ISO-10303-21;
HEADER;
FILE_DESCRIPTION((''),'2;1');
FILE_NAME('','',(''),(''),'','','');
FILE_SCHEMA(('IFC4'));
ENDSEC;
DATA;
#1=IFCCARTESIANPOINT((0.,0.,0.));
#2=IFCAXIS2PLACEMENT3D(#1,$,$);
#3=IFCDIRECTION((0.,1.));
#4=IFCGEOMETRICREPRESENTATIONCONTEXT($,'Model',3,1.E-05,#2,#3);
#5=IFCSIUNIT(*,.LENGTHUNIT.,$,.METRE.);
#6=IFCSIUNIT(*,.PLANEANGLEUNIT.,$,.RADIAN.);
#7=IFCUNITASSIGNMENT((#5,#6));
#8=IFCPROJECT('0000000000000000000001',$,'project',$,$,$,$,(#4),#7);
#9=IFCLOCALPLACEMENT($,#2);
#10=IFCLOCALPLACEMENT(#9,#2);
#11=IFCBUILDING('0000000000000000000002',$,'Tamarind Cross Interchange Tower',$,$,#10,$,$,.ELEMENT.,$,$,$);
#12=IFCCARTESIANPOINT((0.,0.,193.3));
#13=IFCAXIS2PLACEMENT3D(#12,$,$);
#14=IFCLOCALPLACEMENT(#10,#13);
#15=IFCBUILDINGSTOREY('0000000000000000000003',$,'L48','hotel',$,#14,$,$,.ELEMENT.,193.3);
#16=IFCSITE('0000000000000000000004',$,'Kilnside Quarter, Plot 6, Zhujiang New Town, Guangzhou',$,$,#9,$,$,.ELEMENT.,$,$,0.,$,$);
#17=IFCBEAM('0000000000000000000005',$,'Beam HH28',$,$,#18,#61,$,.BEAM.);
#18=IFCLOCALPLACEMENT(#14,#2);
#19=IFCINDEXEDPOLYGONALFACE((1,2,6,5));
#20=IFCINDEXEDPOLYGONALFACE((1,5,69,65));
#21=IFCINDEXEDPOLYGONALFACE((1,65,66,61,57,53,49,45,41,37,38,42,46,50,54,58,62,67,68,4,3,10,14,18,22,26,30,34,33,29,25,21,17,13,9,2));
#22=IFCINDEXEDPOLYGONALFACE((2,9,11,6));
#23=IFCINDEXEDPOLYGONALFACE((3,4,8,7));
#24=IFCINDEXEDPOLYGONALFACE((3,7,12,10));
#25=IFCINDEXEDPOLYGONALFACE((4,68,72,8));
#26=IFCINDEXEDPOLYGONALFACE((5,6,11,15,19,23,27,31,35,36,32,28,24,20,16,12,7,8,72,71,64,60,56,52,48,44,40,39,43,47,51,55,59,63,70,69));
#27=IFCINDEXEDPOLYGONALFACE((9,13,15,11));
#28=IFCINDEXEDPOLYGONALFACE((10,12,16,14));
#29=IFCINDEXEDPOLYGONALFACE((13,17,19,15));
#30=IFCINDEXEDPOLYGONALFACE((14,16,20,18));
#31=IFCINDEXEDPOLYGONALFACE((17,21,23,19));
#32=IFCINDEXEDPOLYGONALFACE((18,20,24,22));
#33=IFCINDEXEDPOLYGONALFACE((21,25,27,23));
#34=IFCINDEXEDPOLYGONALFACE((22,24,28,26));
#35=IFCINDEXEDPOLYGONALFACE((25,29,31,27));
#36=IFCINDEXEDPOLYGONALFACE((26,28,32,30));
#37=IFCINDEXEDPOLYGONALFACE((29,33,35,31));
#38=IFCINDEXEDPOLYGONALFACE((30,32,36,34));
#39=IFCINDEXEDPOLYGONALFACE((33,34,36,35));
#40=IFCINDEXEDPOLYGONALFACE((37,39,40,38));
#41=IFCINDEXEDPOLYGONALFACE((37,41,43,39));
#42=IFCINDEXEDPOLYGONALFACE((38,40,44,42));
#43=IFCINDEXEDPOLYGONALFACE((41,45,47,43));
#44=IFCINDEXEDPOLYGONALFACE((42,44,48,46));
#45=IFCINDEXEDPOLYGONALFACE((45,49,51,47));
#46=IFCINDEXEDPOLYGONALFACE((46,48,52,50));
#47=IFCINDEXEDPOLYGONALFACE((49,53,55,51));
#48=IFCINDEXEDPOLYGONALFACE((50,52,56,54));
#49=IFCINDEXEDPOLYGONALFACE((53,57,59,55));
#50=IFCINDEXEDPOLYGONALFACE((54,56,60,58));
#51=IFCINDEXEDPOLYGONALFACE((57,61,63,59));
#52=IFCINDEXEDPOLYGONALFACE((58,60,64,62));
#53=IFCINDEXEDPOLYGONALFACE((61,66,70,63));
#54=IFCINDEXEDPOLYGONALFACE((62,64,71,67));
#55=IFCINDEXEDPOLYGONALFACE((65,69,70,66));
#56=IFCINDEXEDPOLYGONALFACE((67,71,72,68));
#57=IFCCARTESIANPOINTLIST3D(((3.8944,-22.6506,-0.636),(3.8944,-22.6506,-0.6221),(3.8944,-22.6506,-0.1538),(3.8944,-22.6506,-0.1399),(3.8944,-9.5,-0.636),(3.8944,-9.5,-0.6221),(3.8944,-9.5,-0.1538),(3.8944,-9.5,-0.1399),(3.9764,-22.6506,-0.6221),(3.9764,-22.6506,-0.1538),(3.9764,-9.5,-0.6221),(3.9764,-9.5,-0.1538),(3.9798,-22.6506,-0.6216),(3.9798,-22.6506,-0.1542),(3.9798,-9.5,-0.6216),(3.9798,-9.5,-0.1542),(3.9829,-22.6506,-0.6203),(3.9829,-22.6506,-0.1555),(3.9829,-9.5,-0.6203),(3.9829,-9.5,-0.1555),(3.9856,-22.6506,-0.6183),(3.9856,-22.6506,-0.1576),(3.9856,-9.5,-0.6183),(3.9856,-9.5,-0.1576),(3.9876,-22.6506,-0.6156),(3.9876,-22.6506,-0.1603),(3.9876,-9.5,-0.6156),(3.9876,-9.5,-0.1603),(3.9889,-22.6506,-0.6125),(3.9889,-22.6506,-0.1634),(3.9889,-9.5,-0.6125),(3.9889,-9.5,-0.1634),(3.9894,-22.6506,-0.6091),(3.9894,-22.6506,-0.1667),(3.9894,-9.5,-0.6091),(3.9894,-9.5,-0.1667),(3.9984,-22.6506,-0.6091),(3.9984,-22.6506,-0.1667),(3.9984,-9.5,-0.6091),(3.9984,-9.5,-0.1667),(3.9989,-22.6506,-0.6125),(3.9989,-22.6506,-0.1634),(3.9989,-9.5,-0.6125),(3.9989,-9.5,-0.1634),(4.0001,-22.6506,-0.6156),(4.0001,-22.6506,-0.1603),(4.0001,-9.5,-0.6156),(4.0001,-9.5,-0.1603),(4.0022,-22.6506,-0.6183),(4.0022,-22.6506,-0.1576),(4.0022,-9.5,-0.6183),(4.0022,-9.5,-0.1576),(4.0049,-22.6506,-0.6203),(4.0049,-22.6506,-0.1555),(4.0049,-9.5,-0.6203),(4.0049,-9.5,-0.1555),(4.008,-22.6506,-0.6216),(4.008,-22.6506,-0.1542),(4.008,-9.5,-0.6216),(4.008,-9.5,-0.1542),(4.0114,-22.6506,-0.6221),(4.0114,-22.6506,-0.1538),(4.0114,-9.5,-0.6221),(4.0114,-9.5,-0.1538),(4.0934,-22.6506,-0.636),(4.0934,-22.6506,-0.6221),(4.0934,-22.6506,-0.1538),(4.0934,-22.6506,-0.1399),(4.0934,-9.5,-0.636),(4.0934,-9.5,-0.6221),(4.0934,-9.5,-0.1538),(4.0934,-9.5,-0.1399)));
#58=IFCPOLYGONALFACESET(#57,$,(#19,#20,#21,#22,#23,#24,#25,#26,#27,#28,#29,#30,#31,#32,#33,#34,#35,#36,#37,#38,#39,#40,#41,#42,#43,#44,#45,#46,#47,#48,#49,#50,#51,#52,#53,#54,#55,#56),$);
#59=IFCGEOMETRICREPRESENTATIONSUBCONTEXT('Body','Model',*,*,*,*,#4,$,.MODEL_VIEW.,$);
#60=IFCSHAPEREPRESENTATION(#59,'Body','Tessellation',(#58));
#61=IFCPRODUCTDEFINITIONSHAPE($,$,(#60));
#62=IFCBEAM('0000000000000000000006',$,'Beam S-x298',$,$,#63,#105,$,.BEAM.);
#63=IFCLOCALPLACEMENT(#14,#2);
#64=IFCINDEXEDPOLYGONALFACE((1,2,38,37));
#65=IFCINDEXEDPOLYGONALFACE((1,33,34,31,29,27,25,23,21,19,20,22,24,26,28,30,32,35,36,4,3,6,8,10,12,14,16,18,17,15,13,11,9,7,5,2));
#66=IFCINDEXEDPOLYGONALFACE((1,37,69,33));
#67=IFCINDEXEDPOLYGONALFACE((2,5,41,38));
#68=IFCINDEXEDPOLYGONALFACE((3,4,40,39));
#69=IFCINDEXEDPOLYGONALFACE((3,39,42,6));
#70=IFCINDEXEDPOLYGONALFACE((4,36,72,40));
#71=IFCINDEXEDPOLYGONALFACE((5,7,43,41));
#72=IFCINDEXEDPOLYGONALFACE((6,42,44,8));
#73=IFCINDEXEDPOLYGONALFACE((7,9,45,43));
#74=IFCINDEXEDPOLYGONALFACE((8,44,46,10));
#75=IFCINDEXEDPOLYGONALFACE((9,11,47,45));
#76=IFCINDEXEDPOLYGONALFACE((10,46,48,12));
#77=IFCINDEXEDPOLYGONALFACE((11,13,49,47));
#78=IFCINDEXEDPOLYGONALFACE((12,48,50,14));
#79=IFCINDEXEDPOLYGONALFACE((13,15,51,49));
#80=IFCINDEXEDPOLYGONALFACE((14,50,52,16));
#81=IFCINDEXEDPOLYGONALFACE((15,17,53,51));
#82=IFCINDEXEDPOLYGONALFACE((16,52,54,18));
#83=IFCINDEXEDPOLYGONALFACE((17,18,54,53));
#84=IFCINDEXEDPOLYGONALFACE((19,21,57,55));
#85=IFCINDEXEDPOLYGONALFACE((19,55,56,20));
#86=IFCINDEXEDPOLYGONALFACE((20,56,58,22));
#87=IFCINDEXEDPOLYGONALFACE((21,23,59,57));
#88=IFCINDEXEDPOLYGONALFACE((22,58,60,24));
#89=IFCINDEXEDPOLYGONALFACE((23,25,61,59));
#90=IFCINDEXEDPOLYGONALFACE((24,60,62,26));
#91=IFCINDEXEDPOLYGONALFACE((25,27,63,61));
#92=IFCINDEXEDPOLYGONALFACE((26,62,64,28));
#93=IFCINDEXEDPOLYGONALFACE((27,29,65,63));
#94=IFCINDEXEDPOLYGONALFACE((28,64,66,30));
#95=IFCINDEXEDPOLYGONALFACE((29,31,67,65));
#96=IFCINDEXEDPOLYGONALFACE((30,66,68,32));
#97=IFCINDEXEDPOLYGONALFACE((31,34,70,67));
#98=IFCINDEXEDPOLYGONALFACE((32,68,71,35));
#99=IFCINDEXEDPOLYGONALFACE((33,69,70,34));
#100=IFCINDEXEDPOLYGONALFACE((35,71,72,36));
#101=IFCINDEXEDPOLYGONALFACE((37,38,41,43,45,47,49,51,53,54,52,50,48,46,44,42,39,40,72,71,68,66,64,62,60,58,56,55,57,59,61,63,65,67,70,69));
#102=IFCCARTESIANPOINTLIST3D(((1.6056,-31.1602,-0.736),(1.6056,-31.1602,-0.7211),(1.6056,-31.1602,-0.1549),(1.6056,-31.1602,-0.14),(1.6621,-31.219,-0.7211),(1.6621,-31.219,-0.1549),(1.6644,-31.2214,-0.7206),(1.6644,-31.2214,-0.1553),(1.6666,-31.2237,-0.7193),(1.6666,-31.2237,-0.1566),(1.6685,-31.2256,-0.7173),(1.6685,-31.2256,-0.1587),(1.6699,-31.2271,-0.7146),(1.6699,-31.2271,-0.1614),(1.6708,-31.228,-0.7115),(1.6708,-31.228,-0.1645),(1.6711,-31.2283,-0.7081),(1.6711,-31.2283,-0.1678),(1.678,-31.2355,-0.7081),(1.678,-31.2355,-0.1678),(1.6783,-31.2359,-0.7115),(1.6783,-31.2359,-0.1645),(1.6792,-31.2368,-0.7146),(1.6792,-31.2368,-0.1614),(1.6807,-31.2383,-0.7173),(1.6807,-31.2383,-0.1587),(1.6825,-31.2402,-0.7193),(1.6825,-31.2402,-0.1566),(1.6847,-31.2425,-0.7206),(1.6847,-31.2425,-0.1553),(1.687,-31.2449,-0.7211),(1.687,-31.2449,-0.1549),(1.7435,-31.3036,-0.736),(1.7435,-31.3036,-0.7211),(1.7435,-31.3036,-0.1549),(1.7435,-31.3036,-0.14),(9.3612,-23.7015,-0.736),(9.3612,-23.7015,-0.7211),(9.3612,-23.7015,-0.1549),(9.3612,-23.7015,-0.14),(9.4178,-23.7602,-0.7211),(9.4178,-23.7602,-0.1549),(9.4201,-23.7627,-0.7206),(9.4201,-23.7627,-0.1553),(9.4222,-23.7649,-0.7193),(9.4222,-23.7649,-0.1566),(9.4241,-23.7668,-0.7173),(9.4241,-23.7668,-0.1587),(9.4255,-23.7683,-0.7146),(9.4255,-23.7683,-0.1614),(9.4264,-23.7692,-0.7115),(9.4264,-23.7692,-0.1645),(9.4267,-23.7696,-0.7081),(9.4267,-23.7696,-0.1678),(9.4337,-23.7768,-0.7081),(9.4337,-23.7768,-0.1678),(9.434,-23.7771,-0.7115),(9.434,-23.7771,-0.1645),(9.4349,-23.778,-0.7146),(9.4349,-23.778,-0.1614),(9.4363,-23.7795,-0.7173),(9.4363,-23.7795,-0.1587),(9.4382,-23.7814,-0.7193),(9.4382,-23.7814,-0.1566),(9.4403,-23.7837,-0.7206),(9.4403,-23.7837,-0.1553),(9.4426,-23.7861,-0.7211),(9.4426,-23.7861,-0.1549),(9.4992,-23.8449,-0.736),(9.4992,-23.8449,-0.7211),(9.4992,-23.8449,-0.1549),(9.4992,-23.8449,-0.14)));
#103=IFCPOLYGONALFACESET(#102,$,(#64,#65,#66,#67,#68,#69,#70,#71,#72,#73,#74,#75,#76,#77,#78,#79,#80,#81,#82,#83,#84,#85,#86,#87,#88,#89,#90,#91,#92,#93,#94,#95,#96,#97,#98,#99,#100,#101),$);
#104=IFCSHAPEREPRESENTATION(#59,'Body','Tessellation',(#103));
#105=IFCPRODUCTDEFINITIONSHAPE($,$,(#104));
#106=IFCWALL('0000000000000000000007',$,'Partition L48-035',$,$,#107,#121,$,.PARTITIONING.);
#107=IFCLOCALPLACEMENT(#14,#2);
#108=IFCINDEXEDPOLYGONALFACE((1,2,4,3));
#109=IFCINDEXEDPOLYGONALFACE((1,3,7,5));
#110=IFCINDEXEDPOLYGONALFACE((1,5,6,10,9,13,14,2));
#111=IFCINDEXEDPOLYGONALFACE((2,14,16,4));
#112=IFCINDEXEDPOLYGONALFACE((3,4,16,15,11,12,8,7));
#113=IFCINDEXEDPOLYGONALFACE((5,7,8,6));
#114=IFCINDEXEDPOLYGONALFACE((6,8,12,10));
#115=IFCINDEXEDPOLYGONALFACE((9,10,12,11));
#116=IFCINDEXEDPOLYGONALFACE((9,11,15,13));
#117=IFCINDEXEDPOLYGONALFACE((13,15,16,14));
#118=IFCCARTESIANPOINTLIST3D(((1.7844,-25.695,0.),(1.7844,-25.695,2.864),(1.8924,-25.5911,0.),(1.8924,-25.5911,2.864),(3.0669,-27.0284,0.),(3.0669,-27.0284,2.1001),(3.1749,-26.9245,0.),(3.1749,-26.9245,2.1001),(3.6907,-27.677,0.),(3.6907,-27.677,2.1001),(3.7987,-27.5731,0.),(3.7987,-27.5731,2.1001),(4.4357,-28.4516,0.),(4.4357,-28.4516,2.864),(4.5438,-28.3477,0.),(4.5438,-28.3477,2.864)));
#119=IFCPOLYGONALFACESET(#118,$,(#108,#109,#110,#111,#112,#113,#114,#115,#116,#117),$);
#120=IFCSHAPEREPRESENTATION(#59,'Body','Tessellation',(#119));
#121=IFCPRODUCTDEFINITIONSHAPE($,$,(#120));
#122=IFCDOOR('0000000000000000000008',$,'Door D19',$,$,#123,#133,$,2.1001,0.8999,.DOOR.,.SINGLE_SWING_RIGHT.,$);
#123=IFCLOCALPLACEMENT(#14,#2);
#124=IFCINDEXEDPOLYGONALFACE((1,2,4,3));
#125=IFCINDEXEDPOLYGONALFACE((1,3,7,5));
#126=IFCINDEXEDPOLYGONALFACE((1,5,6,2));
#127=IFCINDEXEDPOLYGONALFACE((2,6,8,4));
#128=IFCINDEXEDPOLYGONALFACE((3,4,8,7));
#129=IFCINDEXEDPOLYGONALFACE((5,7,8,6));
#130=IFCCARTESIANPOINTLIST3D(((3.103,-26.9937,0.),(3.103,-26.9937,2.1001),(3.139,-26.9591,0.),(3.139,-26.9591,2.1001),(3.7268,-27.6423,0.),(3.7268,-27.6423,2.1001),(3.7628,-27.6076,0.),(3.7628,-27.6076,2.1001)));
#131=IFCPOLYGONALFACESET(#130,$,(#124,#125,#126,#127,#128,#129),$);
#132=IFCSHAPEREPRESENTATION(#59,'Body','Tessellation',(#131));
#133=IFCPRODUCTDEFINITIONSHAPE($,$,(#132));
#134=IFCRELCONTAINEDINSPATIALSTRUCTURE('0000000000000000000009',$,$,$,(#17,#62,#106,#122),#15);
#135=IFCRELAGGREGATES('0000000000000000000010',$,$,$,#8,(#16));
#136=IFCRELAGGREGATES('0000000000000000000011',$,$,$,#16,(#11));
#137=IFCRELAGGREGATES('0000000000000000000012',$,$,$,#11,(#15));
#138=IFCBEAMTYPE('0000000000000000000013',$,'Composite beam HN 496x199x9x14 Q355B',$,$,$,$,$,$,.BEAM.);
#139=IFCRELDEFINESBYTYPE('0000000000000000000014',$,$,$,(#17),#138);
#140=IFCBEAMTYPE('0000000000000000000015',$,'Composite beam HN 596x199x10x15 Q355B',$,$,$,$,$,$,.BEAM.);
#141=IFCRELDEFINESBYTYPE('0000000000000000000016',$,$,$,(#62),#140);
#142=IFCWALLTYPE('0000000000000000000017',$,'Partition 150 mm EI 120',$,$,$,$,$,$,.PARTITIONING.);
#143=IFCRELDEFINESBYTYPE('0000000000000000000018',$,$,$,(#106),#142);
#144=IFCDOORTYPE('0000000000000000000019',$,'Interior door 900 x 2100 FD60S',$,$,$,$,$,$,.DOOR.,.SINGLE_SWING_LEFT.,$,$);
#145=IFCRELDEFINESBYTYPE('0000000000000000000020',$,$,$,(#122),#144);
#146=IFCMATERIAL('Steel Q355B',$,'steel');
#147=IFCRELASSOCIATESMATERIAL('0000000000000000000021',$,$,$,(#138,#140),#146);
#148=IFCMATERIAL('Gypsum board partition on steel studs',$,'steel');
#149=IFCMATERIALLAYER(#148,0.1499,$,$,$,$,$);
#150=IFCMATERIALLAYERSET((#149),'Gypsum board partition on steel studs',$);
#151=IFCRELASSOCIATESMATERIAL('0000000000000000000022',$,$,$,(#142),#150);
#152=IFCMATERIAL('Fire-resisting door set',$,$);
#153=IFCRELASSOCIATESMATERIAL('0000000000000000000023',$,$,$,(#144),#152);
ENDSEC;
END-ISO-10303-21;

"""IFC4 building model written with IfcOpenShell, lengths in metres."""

from ifc_helpers import new_model, si_unit, direction, frame, frame_2d, origin, origin_2d, place, context, subcontext, project, spatial, rectangle, i_section, extrude, material, layer, layer_set, material_profile, profile_set, type_object, element, fill, save


model = new_model("IFC4")

# Units and contexts
model_context = context("Model", 3, precision=1e-05, world=origin(), true_north=direction((0.0, 1.0)))
body_context = subcontext(model_context, "Body", "Model", "MODEL_VIEW")
ifc_project = project(units=[si_unit("LENGTHUNIT", "METRE"), si_unit("PLANEANGLEUNIT", "RADIAN")], contexts=[model_context])

# Site, building, storey
site_placement = place(None, origin())
site = spatial("IfcSite", under=ifc_project, at=site_placement, Name="Kilnside Quarter, Plot 6, Zhujiang New Town, Guangzhou", CompositionType="ELEMENT", RefElevation=0.0)
building_placement = place(site_placement, origin())
building = spatial("IfcBuilding", under=site, at=building_placement, Name="Tamarind Cross Interchange Tower", CompositionType="ELEMENT")
storey_placement = place(building_placement, frame((0.0, 0.0, 193.3)))
storey = spatial("IfcBuildingStorey", under=building, at=storey_placement, Name="L48", Description="hotel", CompositionType="ELEMENT", Elevation=193.3)

# Beams
ifc_material_1 = material(Name="Steel Q355B", Category="steel")
ifc_material_profile_1 = material_profile(ifc_material_1, i_section(OverallWidth=0.199, OverallDepth=0.4961, WebThickness=0.009, FlangeThickness=0.0139, FilletRadius=0.0129, at=origin_2d()), Name="HN 496x199x9x14")
ifc_profile_set_1 = profile_set([ifc_material_profile_1], Name="Steel Q355B")
beam_type_1 = type_object("IfcBeamType", Name="Composite beam HN 496x199x9x14 Q355B", PredefinedType="BEAM", material=ifc_profile_set_1)
beam_1_placement = place(storey_placement, frame((3.9939, -22.6506, -0.3879), z_axis=(0.0, 1.0, 0.0), x_axis=(-1.0, 0.0, 0.0)))
element("IfcBeam", 1, at=beam_1_placement, inside=storey, type_object=beam_type_1, Name="Beam HH28", PredefinedType="BEAM", context=body_context, shape_type="SweptSolid", body=[
    extrude(i_section(OverallWidth=0.199, OverallDepth=0.4961, WebThickness=0.009, FlangeThickness=0.0139, FilletRadius=0.0129, at=origin_2d()), origin(), (0.0, 0.0, 1.0), 13.1506),
])
ifc_material_profile_2 = material_profile(ifc_material_1, i_section(OverallWidth=0.199, OverallDepth=0.5959, WebThickness=0.01, FlangeThickness=0.0149, FilletRadius=0.0129, at=origin_2d()), Name="HN 596x199x10x15")
ifc_profile_set_2 = profile_set([ifc_material_profile_2], Name="Steel Q355B")
beam_type_2 = type_object("IfcBeamType", Name="Composite beam HN 596x199x10x15 Q355B", PredefinedType="BEAM", material=ifc_profile_set_2)
beam_2_placement = place(storey_placement, frame((1.6746, -31.2319, -0.438), z_axis=(0.720767, 0.693177, 0.0), x_axis=(-0.693177, 0.720767, 0.0)))
element("IfcBeam", 2, at=beam_2_placement, inside=storey, type_object=beam_type_2, Name="Beam S-x298", PredefinedType="BEAM", context=body_context, shape_type="SweptSolid", body=[
    extrude(i_section(OverallWidth=0.199, OverallDepth=0.5959, WebThickness=0.01, FlangeThickness=0.0149, FilletRadius=0.0129, at=origin_2d()), origin(), (0.0, 0.0, 1.0), 10.7603),
])

# Wall, opening, door
ifc_material_2 = material(Name="Gypsum board partition on steel studs", Category="steel")
ifc_layer_1 = layer(ifc_material_2, 0.1499)
ifc_layer_set_1 = layer_set([ifc_layer_1], Name="Gypsum board partition on steel studs")
wall_type_1 = type_object("IfcWallType", Name="Partition 150 mm EI 120", PredefinedType="PARTITIONING", material=ifc_layer_set_1)
wall_1_placement = place(storey_placement, frame((1.8384, -25.6431, 0.0), z_axis=(0.0, 0.0, 1.0), x_axis=(0.693217, -0.720729, 0.0)))
wall_1 = element("IfcWall", 3, at=wall_1_placement, inside=storey, type_object=wall_type_1, Name="Partition L48-035", PredefinedType="PARTITIONING", context=body_context, shape_type="SweptSolid", body=[
    extrude(rectangle(XDim=3.8247, YDim=0.1499, at=frame_2d((1.9124, 0.0))), origin(), (0.0, 0.0, 1.0), 2.864),
])
opening_1_placement = place(wall_1_placement, frame((1.8501, 0.0, 0.0)))
opening_1 = element("IfcOpeningElement", 4, at=opening_1_placement, cuts=wall_1, PredefinedType="OPENING", context=body_context, shape_type="SweptSolid", body=[
    extrude(rectangle(XDim=0.8999, YDim=2.1001, at=frame_2d((0.45, 1.05))), frame((0.0, 0.085, 0.0), z_axis=(0.0, -1.0, 0.0), x_axis=(1.0, 0.0, 0.0)), (0.0, 0.0, 1.0), 0.1699),
])
ifc_material_3 = material(Name="Fire-resisting door set")
door_type_1 = type_object("IfcDoorType", Name="Interior door 900 x 2100 FD60S", OperationType="SINGLE_SWING_LEFT", PredefinedType="DOOR", material=ifc_material_3)
door_1_placement = place(opening_1_placement, frame((0.8999, 0.0, 0.0), z_axis=(0.0, 0.0, 1.0), x_axis=(-1.0, 0.0, 0.0)))
door_1 = element("IfcDoor", 5, at=door_1_placement, inside=storey, type_object=door_type_1, Name="Door D19", OperationType="SINGLE_SWING_RIGHT", OverallHeight=2.1001, OverallWidth=0.8999, PredefinedType="DOOR", context=body_context, shape_type="SweptSolid", body=[
    extrude(rectangle(XDim=0.8999, YDim=2.1001, at=frame_2d((0.45, 1.05))), frame((0.0, 0.0249, 0.0), z_axis=(0.0, -1.0, 0.0), x_axis=(1.0, 0.0, 0.0)), (0.0, 0.0, 1.0), 0.05),
])
fill(opening_1, door_1)

save(model, "model.ifc")
